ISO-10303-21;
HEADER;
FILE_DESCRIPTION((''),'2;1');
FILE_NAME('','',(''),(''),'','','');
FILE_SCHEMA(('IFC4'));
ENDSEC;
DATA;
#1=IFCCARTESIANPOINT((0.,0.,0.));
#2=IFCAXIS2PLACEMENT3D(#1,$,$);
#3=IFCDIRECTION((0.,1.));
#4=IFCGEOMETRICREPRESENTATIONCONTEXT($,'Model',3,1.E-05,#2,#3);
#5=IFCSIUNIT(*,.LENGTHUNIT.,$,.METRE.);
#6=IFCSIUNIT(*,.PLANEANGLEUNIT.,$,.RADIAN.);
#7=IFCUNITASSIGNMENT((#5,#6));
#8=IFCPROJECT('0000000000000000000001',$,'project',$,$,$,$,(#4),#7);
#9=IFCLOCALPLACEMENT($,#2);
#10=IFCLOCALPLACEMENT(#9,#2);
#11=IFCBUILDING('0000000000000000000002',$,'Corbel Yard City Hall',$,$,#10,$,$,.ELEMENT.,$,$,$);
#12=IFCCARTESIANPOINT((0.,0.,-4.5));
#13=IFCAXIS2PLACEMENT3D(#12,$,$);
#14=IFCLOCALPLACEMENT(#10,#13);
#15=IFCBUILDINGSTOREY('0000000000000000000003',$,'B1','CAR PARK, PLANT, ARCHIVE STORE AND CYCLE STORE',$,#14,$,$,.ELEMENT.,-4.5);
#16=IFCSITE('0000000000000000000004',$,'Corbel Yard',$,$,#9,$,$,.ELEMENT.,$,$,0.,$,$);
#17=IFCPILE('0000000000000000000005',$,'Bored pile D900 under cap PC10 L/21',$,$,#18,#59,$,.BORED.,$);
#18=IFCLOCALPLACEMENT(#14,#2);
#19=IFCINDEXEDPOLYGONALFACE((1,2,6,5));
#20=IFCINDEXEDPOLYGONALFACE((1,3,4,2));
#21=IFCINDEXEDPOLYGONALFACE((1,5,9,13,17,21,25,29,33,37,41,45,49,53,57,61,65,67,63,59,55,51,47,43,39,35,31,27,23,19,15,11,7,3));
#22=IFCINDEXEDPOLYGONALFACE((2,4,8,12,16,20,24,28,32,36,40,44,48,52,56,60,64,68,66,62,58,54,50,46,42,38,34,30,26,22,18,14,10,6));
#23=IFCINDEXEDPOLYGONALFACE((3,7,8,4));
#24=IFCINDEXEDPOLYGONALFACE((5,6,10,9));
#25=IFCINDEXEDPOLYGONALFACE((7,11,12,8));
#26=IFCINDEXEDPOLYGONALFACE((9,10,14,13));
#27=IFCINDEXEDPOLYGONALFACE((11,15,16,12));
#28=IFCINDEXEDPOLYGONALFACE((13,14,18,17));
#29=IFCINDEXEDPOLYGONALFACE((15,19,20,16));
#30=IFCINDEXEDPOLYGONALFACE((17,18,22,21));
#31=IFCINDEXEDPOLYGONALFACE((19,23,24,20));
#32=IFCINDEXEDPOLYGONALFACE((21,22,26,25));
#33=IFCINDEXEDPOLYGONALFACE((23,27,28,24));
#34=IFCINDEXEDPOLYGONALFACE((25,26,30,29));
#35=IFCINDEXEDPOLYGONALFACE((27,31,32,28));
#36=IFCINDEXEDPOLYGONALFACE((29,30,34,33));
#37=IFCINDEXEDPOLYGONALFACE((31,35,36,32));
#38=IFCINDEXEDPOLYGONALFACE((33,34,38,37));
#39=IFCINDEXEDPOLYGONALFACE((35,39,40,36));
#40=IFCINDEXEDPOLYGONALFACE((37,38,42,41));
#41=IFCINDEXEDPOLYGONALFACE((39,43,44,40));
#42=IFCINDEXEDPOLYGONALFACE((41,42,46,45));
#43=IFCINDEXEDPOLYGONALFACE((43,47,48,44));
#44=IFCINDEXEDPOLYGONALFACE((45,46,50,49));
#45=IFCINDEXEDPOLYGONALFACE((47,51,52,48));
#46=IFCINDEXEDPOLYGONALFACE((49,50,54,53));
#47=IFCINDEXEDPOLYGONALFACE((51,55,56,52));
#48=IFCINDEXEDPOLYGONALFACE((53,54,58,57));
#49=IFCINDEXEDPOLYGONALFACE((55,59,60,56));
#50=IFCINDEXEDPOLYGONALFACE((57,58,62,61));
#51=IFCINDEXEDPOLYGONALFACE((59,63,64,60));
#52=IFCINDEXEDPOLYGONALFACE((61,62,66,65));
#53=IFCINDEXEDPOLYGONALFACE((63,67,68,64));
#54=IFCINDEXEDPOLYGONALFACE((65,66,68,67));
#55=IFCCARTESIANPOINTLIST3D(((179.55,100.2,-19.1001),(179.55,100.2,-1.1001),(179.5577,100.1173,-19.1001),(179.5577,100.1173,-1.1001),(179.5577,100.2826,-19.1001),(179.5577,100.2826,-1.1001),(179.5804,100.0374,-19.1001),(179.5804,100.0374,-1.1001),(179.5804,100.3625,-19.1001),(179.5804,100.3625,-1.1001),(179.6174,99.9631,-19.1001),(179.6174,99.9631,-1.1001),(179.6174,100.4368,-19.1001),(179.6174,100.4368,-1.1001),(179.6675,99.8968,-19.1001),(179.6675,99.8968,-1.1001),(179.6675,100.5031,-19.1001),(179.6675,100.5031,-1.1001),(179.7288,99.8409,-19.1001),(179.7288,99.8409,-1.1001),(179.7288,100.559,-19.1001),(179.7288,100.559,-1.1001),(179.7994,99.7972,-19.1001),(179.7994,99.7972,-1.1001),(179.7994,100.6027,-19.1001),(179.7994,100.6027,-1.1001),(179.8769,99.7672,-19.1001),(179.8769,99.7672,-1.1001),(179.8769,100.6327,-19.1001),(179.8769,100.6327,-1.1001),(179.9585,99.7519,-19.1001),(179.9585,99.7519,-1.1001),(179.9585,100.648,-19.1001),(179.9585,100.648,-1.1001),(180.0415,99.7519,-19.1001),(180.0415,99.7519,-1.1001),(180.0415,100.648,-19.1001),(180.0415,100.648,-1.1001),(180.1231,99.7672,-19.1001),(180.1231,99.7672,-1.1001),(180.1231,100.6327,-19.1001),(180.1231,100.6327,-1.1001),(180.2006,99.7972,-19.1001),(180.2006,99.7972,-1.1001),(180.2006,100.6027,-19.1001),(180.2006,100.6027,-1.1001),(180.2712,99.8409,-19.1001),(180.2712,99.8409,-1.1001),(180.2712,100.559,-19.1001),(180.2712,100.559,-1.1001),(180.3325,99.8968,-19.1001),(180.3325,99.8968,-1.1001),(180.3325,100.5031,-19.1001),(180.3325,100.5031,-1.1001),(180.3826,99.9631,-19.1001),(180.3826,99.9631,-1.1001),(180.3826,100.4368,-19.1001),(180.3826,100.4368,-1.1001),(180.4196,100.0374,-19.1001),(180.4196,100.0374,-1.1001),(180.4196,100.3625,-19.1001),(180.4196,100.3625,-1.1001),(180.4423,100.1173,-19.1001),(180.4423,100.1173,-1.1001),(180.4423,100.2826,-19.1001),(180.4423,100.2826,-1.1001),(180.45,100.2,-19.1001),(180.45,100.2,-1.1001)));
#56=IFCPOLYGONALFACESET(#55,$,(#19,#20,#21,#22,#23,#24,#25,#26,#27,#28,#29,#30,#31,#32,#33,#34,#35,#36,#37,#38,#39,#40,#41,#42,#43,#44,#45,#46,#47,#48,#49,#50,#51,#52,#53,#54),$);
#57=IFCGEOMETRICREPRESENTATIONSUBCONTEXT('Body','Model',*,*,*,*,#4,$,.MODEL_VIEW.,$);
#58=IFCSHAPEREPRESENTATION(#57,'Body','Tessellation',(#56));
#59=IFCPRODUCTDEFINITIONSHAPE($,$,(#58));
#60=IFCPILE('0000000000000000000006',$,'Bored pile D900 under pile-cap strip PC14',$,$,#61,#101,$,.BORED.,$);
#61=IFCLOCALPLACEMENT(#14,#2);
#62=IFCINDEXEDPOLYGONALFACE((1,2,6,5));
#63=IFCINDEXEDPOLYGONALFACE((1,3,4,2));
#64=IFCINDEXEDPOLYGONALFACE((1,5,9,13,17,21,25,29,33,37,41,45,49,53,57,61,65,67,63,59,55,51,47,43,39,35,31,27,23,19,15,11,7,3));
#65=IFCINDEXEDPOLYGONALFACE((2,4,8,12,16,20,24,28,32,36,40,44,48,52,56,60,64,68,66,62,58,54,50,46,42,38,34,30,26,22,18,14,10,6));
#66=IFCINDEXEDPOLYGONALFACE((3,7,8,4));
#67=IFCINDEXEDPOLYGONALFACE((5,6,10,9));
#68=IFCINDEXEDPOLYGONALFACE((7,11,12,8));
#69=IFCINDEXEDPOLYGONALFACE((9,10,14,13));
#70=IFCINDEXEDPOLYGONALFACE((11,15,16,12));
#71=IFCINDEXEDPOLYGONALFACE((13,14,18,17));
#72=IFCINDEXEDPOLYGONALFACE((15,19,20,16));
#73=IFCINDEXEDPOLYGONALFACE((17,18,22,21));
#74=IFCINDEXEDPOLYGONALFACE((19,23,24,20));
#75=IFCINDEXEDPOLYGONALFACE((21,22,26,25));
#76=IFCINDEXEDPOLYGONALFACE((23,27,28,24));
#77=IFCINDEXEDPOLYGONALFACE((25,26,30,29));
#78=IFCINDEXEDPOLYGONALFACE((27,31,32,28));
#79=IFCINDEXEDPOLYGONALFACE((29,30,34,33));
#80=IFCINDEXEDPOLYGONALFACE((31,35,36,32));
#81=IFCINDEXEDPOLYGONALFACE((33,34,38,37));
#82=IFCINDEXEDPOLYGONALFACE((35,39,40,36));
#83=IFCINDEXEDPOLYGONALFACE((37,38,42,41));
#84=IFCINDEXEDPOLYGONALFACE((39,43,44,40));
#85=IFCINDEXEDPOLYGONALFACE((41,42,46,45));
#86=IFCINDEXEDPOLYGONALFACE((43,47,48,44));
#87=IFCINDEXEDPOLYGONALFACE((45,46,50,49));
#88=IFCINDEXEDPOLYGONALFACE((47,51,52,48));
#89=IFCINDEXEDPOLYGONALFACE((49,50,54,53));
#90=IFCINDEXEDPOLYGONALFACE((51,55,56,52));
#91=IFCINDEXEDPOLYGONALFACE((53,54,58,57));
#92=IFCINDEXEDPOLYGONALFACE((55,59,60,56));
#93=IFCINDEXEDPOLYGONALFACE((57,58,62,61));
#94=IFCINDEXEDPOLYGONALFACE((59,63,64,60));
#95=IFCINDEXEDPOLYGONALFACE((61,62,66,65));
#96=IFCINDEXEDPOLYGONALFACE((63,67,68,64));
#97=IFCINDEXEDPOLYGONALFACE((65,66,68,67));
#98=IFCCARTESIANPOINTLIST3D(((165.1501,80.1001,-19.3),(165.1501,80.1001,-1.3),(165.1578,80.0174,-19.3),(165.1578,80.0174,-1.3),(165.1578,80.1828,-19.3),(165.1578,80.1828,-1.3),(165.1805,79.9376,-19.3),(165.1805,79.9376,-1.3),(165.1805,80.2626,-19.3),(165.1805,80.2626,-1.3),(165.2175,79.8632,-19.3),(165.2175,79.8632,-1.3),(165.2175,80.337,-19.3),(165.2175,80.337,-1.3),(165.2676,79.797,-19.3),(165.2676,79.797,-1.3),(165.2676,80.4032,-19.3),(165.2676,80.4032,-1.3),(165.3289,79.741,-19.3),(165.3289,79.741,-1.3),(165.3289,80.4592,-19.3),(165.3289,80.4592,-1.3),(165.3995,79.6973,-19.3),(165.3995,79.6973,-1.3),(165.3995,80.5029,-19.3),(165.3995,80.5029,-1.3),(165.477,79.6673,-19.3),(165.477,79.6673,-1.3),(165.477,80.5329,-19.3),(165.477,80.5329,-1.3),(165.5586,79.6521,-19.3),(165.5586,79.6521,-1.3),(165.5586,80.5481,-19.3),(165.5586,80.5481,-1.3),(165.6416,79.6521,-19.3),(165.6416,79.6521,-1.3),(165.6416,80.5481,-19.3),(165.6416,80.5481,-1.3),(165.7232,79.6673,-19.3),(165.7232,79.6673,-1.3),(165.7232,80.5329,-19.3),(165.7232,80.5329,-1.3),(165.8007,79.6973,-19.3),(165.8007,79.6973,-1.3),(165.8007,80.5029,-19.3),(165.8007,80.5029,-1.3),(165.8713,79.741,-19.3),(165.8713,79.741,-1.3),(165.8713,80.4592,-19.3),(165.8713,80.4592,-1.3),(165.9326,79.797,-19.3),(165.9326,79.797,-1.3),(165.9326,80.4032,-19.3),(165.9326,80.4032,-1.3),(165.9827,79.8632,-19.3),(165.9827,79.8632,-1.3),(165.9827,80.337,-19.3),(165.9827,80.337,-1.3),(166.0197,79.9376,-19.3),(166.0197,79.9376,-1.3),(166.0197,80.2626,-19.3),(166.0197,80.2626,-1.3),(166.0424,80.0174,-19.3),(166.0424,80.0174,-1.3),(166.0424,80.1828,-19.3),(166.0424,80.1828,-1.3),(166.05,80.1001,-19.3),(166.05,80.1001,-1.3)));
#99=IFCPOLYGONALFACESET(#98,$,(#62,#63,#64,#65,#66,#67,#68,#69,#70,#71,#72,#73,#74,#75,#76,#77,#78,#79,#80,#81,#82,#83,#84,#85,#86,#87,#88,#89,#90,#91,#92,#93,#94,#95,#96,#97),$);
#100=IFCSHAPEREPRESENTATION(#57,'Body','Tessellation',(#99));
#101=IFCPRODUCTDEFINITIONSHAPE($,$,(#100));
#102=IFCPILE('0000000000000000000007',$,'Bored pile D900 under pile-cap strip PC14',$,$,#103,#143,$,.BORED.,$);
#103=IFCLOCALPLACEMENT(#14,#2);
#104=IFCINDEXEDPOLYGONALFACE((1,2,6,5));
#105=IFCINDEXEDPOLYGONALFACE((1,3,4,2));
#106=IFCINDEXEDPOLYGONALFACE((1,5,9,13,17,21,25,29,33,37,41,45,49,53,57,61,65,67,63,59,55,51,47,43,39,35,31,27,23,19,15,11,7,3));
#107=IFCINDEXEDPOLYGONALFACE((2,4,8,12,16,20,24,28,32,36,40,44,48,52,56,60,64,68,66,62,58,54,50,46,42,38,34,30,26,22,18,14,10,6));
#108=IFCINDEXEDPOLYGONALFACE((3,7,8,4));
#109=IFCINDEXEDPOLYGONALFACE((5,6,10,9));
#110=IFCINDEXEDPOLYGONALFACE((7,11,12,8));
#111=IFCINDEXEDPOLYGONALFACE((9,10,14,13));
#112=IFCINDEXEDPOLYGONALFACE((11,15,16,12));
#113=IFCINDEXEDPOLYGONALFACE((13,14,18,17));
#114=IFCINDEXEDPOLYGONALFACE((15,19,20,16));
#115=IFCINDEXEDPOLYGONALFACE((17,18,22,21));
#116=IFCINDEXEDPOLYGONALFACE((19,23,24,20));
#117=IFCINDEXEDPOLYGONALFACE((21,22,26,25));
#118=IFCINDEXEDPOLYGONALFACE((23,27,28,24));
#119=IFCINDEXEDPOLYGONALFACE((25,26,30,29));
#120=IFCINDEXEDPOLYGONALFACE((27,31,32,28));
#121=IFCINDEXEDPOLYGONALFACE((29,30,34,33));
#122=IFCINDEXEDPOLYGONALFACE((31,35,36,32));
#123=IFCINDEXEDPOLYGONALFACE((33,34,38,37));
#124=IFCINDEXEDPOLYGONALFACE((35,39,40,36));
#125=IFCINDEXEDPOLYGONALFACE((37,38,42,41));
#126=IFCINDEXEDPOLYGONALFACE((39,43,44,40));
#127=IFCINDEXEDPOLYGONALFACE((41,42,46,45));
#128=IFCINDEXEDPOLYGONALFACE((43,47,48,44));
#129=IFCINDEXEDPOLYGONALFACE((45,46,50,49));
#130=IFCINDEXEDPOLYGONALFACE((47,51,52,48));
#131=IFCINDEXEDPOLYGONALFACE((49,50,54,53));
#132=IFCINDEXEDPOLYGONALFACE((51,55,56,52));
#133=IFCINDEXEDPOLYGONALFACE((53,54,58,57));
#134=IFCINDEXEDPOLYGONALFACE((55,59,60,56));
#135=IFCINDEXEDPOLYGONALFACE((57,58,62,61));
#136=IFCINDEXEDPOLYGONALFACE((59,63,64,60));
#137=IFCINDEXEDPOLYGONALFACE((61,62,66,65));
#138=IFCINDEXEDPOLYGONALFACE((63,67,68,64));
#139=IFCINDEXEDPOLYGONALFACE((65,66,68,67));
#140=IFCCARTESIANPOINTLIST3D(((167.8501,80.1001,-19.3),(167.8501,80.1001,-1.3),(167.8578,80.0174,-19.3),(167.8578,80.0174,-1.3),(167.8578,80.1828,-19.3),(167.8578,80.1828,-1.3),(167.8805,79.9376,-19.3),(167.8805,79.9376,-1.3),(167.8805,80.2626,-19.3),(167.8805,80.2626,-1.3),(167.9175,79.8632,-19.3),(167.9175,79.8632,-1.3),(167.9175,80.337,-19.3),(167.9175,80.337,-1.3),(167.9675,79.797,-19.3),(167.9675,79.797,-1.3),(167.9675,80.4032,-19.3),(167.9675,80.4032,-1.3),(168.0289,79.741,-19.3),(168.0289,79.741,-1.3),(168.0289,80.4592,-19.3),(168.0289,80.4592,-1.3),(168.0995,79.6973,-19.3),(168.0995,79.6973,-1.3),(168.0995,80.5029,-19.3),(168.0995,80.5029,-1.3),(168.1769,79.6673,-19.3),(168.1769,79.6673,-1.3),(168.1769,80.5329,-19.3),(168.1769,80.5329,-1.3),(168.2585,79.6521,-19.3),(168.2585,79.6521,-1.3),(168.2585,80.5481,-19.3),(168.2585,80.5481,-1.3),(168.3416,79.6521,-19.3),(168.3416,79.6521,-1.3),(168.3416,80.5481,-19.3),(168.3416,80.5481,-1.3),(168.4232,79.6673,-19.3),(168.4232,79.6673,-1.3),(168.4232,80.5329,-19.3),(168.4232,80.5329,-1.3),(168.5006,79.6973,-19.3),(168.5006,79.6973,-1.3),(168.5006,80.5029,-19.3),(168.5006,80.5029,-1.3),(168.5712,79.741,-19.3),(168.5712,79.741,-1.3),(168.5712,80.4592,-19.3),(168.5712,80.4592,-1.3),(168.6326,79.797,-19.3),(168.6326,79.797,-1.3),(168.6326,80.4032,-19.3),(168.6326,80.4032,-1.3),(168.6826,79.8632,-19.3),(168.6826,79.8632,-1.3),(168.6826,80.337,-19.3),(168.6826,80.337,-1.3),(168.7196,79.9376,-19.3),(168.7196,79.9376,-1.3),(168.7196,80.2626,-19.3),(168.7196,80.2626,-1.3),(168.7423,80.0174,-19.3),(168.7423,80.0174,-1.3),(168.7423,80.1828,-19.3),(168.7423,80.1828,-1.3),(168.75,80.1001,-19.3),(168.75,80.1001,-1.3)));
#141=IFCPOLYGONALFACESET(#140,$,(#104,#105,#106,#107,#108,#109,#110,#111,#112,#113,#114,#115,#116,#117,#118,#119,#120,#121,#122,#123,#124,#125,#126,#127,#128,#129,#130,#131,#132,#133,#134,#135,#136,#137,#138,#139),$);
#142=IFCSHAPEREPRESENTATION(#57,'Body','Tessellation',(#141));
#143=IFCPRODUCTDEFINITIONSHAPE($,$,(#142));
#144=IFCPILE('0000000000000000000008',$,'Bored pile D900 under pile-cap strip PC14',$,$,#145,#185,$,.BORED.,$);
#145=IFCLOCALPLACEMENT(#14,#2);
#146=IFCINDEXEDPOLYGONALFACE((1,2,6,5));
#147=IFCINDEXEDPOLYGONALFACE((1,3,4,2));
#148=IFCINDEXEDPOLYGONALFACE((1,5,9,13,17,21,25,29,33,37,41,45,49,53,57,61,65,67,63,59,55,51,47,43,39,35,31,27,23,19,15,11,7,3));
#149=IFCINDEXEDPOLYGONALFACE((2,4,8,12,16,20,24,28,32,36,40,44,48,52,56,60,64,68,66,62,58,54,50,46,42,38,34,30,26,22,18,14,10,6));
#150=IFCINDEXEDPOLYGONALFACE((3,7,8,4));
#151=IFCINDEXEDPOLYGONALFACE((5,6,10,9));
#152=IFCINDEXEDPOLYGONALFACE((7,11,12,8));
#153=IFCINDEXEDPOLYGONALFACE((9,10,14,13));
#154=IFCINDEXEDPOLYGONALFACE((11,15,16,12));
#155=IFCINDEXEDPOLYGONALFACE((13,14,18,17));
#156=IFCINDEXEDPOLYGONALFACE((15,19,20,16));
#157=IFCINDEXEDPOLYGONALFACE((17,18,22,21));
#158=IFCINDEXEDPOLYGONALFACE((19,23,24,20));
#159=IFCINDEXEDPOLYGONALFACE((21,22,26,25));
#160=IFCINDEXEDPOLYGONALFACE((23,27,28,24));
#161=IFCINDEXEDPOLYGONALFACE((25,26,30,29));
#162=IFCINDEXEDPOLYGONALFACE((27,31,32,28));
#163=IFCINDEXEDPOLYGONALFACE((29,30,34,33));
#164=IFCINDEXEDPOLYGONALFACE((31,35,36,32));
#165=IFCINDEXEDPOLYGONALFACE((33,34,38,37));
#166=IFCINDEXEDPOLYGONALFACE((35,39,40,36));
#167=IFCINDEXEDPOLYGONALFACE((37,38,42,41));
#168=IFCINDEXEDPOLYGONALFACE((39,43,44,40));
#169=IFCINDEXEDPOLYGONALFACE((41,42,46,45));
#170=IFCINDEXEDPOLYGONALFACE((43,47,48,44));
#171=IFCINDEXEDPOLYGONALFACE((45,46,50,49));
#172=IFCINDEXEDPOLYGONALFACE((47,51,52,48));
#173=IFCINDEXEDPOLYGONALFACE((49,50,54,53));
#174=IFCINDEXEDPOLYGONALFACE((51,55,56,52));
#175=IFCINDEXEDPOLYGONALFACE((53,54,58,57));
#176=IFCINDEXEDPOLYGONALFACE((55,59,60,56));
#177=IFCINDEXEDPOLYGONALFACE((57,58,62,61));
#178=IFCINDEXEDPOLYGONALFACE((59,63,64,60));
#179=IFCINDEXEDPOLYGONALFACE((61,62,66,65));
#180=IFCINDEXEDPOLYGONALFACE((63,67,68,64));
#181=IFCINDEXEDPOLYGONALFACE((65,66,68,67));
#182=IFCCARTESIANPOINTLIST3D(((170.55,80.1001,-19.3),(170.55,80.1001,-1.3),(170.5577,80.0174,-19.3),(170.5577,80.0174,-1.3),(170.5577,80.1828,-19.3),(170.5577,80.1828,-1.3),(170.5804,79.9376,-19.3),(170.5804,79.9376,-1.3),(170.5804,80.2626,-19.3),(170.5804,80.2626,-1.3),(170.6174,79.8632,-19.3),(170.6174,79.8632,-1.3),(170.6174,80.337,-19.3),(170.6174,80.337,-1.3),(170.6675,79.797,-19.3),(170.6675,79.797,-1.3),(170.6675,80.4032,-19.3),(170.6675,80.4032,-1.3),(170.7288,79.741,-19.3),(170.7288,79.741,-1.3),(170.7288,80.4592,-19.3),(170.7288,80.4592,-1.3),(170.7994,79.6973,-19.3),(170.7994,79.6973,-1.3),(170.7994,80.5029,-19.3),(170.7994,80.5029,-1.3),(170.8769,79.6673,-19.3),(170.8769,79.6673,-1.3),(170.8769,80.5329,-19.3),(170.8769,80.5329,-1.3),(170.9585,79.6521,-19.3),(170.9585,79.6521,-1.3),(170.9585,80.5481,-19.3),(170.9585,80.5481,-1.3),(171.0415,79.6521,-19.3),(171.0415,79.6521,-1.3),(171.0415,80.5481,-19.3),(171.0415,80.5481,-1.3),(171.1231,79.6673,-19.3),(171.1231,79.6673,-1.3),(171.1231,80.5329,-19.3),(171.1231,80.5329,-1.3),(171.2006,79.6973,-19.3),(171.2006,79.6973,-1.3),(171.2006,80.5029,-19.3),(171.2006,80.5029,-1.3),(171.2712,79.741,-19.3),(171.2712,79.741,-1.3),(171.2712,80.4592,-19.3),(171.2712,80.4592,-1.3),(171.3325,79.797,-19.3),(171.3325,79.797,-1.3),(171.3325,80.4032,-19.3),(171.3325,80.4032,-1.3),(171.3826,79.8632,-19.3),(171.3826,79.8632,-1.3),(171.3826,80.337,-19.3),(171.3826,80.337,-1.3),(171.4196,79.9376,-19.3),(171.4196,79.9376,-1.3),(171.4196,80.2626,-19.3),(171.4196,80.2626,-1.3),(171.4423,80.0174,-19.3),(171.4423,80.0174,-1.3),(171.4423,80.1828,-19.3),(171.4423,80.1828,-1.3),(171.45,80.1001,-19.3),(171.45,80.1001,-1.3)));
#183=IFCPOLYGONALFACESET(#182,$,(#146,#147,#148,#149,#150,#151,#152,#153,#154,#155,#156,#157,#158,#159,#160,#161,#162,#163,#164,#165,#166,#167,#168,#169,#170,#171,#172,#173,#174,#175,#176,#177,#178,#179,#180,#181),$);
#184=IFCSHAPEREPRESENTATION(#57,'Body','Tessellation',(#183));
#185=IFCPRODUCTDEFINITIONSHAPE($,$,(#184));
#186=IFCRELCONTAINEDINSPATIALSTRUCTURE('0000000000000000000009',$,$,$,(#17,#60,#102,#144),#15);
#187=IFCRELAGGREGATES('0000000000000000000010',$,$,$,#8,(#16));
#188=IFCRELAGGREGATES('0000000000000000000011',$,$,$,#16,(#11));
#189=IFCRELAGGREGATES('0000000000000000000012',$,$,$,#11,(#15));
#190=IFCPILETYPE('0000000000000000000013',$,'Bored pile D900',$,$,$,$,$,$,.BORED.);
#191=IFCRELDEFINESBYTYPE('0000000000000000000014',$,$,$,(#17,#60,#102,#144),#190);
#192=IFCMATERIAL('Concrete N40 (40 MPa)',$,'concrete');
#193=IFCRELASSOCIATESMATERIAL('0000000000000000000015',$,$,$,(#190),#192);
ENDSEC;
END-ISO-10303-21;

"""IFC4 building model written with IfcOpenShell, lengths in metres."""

from ifc_helpers import new_model, si_unit, direction, frame, origin, origin_2d, place, context, subcontext, project, spatial, circle, extrude, material, material_profile, profile_set, type_object, element, save


model = new_model("IFC4")

# Units and contexts
model_context = context("Model", 3, precision=1e-05, world=origin(), true_north=direction((0.0, 1.0)))
body_context = subcontext(model_context, "Body", "Model", "MODEL_VIEW")
ifc_project = project(units=[si_unit("LENGTHUNIT", "METRE"), si_unit("PLANEANGLEUNIT", "RADIAN")], contexts=[model_context])

# Site, building, storey
site_placement = place(None, origin())
site = spatial("IfcSite", under=ifc_project, at=site_placement, Name="Corbel Yard", CompositionType="ELEMENT", RefElevation=0.0)
building_placement = place(site_placement, origin())
building = spatial("IfcBuilding", under=site, at=building_placement, Name="Corbel Yard City Hall", CompositionType="ELEMENT")
storey_placement = place(building_placement, frame((0.0, 0.0, -4.5)))
storey = spatial("IfcBuildingStorey", under=building, at=storey_placement, Name="B1", Description="CAR PARK, PLANT, ARCHIVE STORE AND CYCLE STORE", CompositionType="ELEMENT", Elevation=-4.5)

# Piles
ifc_material_1 = material(Name="Concrete N40 (40 MPa)", Category="concrete")
ifc_material_profile_1 = material_profile(ifc_material_1, circle(Radius=0.45, at=origin_2d()), Name="D900")
ifc_profile_set_1 = profile_set([ifc_material_profile_1], Name="Concrete N40 (40 MPa)")
pile_type = type_object("IfcPileType", Name="Bored pile D900", PredefinedType="BORED", material=ifc_profile_set_1)
for number, where, z_axis, x_axis, name in (
    (1, (180.0, 100.2, -1.1001), (0.0, 0.0, -1.0), (1.0, 0.0, 0.0), "Bored pile D900 under cap PC10 L/21"),
    (2, (165.6001, 80.1001, -1.3), (0.0, 0.0, -1.0), (1.0, 0.0, 0.0), "Bored pile D900 under pile-cap strip PC14"),
    (3, (168.3, 80.1001, -1.3), (0.0, 0.0, -1.0), (1.0, 0.0, 0.0), "Bored pile D900 under pile-cap strip PC14"),
    (4, (171.0, 80.1001, -1.3), (0.0, 0.0, -1.0), (1.0, 0.0, 0.0), "Bored pile D900 under pile-cap strip PC14"),
):
    element("IfcPile", number, at=place(storey_placement, frame(where, z_axis=z_axis, x_axis=x_axis)), inside=storey, type_object=pile_type, Name=name, PredefinedType="BORED", context=body_context, shape_type="SweptSolid", body=[
        extrude(circle(Radius=0.45, at=origin_2d()), origin(), (0.0, 0.0, 1.0), 18.0),
    ])

save(model, "model.ifc")
